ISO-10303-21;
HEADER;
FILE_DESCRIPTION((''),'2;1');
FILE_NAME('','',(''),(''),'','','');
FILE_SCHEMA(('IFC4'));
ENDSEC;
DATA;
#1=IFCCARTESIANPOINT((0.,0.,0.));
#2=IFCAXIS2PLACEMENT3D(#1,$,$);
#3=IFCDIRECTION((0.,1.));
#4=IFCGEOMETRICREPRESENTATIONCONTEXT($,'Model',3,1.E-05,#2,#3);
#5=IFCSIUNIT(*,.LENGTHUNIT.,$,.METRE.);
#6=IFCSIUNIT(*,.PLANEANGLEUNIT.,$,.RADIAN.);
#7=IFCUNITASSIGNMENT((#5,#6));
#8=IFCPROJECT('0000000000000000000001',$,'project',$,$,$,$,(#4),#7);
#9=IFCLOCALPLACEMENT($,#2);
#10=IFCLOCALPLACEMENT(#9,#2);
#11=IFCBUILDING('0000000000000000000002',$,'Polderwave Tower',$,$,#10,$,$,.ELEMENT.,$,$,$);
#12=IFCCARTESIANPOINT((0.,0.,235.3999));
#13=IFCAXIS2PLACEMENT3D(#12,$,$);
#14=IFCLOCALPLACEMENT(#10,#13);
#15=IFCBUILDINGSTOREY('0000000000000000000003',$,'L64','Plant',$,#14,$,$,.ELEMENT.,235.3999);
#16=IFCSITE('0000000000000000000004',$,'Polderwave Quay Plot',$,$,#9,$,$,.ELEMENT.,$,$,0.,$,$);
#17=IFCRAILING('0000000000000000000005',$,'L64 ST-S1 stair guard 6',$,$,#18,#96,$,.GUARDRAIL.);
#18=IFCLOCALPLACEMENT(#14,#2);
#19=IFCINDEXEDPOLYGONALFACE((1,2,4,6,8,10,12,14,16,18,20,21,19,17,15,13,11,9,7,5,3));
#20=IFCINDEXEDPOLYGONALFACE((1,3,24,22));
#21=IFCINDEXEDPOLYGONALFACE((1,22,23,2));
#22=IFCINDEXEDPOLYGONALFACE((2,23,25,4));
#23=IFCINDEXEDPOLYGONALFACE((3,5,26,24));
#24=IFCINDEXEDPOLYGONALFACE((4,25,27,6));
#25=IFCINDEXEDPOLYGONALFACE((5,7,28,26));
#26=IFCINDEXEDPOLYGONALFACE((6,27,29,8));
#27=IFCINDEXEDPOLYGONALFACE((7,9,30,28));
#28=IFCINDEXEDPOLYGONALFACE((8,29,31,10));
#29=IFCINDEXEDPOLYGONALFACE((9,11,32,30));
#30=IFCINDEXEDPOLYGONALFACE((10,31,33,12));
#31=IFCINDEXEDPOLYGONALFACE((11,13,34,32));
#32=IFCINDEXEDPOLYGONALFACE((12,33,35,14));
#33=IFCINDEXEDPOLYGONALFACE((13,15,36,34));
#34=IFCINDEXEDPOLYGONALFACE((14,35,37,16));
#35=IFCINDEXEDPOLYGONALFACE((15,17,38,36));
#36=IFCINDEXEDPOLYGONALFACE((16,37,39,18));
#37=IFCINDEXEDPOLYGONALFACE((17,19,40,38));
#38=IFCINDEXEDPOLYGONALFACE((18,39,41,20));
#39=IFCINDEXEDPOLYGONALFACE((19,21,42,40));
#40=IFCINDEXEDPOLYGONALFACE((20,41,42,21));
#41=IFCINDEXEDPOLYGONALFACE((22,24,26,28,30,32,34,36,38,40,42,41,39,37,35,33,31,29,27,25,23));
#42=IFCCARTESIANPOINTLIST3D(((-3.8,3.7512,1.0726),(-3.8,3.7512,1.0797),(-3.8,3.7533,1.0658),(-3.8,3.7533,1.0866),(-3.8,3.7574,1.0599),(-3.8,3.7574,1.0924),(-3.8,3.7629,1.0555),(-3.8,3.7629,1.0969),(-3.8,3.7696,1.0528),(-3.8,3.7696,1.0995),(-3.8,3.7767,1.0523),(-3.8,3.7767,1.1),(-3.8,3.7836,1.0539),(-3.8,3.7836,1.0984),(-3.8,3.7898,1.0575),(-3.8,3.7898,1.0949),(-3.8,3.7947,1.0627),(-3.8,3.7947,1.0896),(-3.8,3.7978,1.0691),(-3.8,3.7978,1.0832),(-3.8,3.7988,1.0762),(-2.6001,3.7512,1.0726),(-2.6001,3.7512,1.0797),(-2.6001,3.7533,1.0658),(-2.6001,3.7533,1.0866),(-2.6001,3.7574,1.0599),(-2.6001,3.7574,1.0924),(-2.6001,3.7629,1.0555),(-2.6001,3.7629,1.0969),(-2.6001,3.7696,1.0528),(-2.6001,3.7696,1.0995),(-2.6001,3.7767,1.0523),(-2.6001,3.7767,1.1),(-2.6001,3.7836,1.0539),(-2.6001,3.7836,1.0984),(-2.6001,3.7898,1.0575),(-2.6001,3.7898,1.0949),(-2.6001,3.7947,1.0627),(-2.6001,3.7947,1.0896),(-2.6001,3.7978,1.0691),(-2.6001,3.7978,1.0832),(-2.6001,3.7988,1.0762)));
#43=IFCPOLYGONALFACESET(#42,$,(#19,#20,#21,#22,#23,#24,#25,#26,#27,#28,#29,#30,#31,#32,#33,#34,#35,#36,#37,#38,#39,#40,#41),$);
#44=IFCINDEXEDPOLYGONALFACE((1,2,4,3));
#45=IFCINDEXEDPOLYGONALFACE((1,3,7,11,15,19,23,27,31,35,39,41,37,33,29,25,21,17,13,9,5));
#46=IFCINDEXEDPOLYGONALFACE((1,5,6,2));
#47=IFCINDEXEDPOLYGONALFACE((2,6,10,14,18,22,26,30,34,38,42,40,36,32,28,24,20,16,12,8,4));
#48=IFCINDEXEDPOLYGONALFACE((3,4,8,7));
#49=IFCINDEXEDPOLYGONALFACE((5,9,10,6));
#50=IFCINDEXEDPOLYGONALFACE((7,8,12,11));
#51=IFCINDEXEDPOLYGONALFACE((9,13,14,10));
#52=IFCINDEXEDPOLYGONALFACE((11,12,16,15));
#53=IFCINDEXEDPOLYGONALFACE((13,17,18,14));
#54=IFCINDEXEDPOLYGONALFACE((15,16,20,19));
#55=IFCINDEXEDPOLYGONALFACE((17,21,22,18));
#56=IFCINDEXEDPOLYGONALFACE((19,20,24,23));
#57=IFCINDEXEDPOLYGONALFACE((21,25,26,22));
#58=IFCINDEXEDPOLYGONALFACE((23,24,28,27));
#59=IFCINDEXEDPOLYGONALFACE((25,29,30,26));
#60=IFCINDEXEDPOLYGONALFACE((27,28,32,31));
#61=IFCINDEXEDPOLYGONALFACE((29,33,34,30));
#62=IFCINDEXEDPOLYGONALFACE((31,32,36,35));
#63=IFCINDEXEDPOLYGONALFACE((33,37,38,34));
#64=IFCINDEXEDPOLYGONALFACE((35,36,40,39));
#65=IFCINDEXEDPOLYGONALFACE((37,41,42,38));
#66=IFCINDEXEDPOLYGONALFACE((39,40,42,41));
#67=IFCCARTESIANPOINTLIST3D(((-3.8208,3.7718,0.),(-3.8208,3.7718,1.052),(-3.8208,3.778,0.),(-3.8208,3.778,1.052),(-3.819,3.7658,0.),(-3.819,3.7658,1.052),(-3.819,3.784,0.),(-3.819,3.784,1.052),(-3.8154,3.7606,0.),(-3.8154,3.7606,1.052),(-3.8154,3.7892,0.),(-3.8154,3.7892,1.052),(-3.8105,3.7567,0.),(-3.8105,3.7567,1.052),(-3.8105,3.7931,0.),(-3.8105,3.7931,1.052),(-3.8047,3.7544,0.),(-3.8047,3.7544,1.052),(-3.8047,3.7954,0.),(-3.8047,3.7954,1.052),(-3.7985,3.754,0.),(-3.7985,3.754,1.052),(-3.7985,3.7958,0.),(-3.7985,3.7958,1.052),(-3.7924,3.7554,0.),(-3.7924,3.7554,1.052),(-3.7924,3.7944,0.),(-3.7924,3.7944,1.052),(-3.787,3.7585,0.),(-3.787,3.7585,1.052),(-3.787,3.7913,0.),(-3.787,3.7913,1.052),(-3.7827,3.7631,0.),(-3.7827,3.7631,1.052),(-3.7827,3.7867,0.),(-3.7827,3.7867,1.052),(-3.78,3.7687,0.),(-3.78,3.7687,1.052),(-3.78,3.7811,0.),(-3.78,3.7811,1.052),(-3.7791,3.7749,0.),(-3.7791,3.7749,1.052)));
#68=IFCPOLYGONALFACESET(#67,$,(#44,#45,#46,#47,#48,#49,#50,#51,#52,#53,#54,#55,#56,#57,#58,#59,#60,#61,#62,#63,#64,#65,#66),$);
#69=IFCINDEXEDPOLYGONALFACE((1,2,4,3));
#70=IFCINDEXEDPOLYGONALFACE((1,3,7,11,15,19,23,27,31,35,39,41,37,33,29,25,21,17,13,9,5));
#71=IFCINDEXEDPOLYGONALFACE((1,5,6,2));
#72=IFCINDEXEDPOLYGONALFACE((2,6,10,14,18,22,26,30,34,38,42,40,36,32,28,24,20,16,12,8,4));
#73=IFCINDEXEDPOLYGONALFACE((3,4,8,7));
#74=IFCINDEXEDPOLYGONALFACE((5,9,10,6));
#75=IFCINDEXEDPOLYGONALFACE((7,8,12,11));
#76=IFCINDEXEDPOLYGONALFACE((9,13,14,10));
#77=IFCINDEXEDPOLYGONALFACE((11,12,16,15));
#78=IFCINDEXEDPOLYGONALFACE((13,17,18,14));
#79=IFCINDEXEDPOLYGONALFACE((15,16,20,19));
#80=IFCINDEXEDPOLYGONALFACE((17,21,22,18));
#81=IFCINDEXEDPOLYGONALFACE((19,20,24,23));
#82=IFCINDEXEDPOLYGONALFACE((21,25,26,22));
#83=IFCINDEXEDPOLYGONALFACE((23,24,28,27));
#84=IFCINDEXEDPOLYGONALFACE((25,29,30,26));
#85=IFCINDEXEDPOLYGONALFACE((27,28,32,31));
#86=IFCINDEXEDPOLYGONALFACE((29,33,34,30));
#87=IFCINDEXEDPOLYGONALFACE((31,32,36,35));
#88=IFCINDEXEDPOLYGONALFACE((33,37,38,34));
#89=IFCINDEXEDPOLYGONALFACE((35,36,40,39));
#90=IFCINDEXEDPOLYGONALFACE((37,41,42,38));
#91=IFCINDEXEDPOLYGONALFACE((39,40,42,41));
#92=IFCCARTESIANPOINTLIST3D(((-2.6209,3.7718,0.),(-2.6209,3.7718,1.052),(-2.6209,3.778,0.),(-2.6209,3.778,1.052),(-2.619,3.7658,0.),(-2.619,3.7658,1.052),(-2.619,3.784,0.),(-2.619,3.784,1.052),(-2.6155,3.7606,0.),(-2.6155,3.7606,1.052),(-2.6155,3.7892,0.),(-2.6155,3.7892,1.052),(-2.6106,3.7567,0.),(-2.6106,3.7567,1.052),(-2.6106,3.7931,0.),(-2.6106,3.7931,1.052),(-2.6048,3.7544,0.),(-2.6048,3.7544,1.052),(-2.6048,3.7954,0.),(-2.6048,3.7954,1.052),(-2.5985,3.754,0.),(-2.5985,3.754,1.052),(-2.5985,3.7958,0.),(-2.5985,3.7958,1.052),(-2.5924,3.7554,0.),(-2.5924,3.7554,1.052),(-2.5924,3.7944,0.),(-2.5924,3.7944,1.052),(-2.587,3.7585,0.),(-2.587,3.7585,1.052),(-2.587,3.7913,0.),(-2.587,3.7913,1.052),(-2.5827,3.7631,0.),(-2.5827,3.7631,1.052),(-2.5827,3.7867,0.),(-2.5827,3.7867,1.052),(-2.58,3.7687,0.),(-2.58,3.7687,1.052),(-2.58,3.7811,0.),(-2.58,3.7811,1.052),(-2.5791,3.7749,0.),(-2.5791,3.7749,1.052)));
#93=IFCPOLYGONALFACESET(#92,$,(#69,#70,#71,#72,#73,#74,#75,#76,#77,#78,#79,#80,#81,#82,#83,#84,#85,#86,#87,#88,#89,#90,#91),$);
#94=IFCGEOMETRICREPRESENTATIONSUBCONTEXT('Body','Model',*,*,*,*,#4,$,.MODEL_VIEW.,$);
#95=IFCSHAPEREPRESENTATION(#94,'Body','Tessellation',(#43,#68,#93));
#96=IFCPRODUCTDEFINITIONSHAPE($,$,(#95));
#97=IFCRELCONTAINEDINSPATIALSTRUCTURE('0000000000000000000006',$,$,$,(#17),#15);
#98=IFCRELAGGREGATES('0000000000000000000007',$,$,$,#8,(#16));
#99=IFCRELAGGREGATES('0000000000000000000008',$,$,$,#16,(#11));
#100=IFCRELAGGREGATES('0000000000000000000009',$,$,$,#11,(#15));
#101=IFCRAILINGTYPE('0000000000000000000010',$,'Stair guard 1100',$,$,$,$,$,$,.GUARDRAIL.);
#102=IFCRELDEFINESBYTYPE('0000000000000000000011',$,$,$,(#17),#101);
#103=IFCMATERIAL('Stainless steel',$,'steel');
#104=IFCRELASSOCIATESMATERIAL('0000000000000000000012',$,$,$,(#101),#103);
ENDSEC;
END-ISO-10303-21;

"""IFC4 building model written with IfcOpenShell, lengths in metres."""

from ifc_helpers import new_model, si_unit, direction, frame, origin, origin_2d, place, context, subcontext, project, spatial, circle, extrude, material, type_object, element, save


model = new_model("IFC4")

# Units and contexts
model_context = context("Model", 3, precision=1e-05, world=origin(), true_north=direction((0.0, 1.0)))
body_context = subcontext(model_context, "Body", "Model", "MODEL_VIEW")
ifc_project = project(units=[si_unit("LENGTHUNIT", "METRE"), si_unit("PLANEANGLEUNIT", "RADIAN")], contexts=[model_context])

# Site, building, storey
site_placement = place(None, origin())
site = spatial("IfcSite", under=ifc_project, at=site_placement, Name="Polderwave Quay Plot", CompositionType="ELEMENT", RefElevation=0.0)
building_placement = place(site_placement, origin())
building = spatial("IfcBuilding", under=site, at=building_placement, Name="Polderwave Tower", CompositionType="ELEMENT")
storey_placement = place(building_placement, frame((0.0, 0.0, 235.3999)))
storey = spatial("IfcBuildingStorey", under=building, at=storey_placement, Name="L64", Description="Plant", CompositionType="ELEMENT", Elevation=235.3999)

# Railing
ifc_material_1 = material(Name="Stainless steel", Category="steel")
railing_type_1 = type_object("IfcRailingType", Name="Stair guard 1100", PredefinedType="GUARDRAIL", material=ifc_material_1)
railing_1_placement = place(storey_placement, frame((-3.8, 3.7749, 0.0)))
element("IfcRailing", 1, at=railing_1_placement, inside=storey, type_object=railing_type_1, Name="L64 ST-S1 stair guard 6", PredefinedType="GUARDRAIL", context=body_context, shape_type="SweptSolid", body=[
    extrude(circle(Radius=0.0239, at=origin_2d()), frame((0.0, 0.0, 1.0762), z_axis=(1.0, 0.0, 0.0), x_axis=(0.0, 1.0, 0.0)), (0.0, 0.0, 1.0), 1.2),
    extrude(circle(Radius=0.021, at=origin_2d()), origin(), (0.0, 0.0, 1.0), 1.052),
    extrude(circle(Radius=0.021, at=origin_2d()), frame((1.2, 0.0, 0.0)), (0.0, 0.0, 1.0), 1.052),
])

save(model, "model.ifc")
